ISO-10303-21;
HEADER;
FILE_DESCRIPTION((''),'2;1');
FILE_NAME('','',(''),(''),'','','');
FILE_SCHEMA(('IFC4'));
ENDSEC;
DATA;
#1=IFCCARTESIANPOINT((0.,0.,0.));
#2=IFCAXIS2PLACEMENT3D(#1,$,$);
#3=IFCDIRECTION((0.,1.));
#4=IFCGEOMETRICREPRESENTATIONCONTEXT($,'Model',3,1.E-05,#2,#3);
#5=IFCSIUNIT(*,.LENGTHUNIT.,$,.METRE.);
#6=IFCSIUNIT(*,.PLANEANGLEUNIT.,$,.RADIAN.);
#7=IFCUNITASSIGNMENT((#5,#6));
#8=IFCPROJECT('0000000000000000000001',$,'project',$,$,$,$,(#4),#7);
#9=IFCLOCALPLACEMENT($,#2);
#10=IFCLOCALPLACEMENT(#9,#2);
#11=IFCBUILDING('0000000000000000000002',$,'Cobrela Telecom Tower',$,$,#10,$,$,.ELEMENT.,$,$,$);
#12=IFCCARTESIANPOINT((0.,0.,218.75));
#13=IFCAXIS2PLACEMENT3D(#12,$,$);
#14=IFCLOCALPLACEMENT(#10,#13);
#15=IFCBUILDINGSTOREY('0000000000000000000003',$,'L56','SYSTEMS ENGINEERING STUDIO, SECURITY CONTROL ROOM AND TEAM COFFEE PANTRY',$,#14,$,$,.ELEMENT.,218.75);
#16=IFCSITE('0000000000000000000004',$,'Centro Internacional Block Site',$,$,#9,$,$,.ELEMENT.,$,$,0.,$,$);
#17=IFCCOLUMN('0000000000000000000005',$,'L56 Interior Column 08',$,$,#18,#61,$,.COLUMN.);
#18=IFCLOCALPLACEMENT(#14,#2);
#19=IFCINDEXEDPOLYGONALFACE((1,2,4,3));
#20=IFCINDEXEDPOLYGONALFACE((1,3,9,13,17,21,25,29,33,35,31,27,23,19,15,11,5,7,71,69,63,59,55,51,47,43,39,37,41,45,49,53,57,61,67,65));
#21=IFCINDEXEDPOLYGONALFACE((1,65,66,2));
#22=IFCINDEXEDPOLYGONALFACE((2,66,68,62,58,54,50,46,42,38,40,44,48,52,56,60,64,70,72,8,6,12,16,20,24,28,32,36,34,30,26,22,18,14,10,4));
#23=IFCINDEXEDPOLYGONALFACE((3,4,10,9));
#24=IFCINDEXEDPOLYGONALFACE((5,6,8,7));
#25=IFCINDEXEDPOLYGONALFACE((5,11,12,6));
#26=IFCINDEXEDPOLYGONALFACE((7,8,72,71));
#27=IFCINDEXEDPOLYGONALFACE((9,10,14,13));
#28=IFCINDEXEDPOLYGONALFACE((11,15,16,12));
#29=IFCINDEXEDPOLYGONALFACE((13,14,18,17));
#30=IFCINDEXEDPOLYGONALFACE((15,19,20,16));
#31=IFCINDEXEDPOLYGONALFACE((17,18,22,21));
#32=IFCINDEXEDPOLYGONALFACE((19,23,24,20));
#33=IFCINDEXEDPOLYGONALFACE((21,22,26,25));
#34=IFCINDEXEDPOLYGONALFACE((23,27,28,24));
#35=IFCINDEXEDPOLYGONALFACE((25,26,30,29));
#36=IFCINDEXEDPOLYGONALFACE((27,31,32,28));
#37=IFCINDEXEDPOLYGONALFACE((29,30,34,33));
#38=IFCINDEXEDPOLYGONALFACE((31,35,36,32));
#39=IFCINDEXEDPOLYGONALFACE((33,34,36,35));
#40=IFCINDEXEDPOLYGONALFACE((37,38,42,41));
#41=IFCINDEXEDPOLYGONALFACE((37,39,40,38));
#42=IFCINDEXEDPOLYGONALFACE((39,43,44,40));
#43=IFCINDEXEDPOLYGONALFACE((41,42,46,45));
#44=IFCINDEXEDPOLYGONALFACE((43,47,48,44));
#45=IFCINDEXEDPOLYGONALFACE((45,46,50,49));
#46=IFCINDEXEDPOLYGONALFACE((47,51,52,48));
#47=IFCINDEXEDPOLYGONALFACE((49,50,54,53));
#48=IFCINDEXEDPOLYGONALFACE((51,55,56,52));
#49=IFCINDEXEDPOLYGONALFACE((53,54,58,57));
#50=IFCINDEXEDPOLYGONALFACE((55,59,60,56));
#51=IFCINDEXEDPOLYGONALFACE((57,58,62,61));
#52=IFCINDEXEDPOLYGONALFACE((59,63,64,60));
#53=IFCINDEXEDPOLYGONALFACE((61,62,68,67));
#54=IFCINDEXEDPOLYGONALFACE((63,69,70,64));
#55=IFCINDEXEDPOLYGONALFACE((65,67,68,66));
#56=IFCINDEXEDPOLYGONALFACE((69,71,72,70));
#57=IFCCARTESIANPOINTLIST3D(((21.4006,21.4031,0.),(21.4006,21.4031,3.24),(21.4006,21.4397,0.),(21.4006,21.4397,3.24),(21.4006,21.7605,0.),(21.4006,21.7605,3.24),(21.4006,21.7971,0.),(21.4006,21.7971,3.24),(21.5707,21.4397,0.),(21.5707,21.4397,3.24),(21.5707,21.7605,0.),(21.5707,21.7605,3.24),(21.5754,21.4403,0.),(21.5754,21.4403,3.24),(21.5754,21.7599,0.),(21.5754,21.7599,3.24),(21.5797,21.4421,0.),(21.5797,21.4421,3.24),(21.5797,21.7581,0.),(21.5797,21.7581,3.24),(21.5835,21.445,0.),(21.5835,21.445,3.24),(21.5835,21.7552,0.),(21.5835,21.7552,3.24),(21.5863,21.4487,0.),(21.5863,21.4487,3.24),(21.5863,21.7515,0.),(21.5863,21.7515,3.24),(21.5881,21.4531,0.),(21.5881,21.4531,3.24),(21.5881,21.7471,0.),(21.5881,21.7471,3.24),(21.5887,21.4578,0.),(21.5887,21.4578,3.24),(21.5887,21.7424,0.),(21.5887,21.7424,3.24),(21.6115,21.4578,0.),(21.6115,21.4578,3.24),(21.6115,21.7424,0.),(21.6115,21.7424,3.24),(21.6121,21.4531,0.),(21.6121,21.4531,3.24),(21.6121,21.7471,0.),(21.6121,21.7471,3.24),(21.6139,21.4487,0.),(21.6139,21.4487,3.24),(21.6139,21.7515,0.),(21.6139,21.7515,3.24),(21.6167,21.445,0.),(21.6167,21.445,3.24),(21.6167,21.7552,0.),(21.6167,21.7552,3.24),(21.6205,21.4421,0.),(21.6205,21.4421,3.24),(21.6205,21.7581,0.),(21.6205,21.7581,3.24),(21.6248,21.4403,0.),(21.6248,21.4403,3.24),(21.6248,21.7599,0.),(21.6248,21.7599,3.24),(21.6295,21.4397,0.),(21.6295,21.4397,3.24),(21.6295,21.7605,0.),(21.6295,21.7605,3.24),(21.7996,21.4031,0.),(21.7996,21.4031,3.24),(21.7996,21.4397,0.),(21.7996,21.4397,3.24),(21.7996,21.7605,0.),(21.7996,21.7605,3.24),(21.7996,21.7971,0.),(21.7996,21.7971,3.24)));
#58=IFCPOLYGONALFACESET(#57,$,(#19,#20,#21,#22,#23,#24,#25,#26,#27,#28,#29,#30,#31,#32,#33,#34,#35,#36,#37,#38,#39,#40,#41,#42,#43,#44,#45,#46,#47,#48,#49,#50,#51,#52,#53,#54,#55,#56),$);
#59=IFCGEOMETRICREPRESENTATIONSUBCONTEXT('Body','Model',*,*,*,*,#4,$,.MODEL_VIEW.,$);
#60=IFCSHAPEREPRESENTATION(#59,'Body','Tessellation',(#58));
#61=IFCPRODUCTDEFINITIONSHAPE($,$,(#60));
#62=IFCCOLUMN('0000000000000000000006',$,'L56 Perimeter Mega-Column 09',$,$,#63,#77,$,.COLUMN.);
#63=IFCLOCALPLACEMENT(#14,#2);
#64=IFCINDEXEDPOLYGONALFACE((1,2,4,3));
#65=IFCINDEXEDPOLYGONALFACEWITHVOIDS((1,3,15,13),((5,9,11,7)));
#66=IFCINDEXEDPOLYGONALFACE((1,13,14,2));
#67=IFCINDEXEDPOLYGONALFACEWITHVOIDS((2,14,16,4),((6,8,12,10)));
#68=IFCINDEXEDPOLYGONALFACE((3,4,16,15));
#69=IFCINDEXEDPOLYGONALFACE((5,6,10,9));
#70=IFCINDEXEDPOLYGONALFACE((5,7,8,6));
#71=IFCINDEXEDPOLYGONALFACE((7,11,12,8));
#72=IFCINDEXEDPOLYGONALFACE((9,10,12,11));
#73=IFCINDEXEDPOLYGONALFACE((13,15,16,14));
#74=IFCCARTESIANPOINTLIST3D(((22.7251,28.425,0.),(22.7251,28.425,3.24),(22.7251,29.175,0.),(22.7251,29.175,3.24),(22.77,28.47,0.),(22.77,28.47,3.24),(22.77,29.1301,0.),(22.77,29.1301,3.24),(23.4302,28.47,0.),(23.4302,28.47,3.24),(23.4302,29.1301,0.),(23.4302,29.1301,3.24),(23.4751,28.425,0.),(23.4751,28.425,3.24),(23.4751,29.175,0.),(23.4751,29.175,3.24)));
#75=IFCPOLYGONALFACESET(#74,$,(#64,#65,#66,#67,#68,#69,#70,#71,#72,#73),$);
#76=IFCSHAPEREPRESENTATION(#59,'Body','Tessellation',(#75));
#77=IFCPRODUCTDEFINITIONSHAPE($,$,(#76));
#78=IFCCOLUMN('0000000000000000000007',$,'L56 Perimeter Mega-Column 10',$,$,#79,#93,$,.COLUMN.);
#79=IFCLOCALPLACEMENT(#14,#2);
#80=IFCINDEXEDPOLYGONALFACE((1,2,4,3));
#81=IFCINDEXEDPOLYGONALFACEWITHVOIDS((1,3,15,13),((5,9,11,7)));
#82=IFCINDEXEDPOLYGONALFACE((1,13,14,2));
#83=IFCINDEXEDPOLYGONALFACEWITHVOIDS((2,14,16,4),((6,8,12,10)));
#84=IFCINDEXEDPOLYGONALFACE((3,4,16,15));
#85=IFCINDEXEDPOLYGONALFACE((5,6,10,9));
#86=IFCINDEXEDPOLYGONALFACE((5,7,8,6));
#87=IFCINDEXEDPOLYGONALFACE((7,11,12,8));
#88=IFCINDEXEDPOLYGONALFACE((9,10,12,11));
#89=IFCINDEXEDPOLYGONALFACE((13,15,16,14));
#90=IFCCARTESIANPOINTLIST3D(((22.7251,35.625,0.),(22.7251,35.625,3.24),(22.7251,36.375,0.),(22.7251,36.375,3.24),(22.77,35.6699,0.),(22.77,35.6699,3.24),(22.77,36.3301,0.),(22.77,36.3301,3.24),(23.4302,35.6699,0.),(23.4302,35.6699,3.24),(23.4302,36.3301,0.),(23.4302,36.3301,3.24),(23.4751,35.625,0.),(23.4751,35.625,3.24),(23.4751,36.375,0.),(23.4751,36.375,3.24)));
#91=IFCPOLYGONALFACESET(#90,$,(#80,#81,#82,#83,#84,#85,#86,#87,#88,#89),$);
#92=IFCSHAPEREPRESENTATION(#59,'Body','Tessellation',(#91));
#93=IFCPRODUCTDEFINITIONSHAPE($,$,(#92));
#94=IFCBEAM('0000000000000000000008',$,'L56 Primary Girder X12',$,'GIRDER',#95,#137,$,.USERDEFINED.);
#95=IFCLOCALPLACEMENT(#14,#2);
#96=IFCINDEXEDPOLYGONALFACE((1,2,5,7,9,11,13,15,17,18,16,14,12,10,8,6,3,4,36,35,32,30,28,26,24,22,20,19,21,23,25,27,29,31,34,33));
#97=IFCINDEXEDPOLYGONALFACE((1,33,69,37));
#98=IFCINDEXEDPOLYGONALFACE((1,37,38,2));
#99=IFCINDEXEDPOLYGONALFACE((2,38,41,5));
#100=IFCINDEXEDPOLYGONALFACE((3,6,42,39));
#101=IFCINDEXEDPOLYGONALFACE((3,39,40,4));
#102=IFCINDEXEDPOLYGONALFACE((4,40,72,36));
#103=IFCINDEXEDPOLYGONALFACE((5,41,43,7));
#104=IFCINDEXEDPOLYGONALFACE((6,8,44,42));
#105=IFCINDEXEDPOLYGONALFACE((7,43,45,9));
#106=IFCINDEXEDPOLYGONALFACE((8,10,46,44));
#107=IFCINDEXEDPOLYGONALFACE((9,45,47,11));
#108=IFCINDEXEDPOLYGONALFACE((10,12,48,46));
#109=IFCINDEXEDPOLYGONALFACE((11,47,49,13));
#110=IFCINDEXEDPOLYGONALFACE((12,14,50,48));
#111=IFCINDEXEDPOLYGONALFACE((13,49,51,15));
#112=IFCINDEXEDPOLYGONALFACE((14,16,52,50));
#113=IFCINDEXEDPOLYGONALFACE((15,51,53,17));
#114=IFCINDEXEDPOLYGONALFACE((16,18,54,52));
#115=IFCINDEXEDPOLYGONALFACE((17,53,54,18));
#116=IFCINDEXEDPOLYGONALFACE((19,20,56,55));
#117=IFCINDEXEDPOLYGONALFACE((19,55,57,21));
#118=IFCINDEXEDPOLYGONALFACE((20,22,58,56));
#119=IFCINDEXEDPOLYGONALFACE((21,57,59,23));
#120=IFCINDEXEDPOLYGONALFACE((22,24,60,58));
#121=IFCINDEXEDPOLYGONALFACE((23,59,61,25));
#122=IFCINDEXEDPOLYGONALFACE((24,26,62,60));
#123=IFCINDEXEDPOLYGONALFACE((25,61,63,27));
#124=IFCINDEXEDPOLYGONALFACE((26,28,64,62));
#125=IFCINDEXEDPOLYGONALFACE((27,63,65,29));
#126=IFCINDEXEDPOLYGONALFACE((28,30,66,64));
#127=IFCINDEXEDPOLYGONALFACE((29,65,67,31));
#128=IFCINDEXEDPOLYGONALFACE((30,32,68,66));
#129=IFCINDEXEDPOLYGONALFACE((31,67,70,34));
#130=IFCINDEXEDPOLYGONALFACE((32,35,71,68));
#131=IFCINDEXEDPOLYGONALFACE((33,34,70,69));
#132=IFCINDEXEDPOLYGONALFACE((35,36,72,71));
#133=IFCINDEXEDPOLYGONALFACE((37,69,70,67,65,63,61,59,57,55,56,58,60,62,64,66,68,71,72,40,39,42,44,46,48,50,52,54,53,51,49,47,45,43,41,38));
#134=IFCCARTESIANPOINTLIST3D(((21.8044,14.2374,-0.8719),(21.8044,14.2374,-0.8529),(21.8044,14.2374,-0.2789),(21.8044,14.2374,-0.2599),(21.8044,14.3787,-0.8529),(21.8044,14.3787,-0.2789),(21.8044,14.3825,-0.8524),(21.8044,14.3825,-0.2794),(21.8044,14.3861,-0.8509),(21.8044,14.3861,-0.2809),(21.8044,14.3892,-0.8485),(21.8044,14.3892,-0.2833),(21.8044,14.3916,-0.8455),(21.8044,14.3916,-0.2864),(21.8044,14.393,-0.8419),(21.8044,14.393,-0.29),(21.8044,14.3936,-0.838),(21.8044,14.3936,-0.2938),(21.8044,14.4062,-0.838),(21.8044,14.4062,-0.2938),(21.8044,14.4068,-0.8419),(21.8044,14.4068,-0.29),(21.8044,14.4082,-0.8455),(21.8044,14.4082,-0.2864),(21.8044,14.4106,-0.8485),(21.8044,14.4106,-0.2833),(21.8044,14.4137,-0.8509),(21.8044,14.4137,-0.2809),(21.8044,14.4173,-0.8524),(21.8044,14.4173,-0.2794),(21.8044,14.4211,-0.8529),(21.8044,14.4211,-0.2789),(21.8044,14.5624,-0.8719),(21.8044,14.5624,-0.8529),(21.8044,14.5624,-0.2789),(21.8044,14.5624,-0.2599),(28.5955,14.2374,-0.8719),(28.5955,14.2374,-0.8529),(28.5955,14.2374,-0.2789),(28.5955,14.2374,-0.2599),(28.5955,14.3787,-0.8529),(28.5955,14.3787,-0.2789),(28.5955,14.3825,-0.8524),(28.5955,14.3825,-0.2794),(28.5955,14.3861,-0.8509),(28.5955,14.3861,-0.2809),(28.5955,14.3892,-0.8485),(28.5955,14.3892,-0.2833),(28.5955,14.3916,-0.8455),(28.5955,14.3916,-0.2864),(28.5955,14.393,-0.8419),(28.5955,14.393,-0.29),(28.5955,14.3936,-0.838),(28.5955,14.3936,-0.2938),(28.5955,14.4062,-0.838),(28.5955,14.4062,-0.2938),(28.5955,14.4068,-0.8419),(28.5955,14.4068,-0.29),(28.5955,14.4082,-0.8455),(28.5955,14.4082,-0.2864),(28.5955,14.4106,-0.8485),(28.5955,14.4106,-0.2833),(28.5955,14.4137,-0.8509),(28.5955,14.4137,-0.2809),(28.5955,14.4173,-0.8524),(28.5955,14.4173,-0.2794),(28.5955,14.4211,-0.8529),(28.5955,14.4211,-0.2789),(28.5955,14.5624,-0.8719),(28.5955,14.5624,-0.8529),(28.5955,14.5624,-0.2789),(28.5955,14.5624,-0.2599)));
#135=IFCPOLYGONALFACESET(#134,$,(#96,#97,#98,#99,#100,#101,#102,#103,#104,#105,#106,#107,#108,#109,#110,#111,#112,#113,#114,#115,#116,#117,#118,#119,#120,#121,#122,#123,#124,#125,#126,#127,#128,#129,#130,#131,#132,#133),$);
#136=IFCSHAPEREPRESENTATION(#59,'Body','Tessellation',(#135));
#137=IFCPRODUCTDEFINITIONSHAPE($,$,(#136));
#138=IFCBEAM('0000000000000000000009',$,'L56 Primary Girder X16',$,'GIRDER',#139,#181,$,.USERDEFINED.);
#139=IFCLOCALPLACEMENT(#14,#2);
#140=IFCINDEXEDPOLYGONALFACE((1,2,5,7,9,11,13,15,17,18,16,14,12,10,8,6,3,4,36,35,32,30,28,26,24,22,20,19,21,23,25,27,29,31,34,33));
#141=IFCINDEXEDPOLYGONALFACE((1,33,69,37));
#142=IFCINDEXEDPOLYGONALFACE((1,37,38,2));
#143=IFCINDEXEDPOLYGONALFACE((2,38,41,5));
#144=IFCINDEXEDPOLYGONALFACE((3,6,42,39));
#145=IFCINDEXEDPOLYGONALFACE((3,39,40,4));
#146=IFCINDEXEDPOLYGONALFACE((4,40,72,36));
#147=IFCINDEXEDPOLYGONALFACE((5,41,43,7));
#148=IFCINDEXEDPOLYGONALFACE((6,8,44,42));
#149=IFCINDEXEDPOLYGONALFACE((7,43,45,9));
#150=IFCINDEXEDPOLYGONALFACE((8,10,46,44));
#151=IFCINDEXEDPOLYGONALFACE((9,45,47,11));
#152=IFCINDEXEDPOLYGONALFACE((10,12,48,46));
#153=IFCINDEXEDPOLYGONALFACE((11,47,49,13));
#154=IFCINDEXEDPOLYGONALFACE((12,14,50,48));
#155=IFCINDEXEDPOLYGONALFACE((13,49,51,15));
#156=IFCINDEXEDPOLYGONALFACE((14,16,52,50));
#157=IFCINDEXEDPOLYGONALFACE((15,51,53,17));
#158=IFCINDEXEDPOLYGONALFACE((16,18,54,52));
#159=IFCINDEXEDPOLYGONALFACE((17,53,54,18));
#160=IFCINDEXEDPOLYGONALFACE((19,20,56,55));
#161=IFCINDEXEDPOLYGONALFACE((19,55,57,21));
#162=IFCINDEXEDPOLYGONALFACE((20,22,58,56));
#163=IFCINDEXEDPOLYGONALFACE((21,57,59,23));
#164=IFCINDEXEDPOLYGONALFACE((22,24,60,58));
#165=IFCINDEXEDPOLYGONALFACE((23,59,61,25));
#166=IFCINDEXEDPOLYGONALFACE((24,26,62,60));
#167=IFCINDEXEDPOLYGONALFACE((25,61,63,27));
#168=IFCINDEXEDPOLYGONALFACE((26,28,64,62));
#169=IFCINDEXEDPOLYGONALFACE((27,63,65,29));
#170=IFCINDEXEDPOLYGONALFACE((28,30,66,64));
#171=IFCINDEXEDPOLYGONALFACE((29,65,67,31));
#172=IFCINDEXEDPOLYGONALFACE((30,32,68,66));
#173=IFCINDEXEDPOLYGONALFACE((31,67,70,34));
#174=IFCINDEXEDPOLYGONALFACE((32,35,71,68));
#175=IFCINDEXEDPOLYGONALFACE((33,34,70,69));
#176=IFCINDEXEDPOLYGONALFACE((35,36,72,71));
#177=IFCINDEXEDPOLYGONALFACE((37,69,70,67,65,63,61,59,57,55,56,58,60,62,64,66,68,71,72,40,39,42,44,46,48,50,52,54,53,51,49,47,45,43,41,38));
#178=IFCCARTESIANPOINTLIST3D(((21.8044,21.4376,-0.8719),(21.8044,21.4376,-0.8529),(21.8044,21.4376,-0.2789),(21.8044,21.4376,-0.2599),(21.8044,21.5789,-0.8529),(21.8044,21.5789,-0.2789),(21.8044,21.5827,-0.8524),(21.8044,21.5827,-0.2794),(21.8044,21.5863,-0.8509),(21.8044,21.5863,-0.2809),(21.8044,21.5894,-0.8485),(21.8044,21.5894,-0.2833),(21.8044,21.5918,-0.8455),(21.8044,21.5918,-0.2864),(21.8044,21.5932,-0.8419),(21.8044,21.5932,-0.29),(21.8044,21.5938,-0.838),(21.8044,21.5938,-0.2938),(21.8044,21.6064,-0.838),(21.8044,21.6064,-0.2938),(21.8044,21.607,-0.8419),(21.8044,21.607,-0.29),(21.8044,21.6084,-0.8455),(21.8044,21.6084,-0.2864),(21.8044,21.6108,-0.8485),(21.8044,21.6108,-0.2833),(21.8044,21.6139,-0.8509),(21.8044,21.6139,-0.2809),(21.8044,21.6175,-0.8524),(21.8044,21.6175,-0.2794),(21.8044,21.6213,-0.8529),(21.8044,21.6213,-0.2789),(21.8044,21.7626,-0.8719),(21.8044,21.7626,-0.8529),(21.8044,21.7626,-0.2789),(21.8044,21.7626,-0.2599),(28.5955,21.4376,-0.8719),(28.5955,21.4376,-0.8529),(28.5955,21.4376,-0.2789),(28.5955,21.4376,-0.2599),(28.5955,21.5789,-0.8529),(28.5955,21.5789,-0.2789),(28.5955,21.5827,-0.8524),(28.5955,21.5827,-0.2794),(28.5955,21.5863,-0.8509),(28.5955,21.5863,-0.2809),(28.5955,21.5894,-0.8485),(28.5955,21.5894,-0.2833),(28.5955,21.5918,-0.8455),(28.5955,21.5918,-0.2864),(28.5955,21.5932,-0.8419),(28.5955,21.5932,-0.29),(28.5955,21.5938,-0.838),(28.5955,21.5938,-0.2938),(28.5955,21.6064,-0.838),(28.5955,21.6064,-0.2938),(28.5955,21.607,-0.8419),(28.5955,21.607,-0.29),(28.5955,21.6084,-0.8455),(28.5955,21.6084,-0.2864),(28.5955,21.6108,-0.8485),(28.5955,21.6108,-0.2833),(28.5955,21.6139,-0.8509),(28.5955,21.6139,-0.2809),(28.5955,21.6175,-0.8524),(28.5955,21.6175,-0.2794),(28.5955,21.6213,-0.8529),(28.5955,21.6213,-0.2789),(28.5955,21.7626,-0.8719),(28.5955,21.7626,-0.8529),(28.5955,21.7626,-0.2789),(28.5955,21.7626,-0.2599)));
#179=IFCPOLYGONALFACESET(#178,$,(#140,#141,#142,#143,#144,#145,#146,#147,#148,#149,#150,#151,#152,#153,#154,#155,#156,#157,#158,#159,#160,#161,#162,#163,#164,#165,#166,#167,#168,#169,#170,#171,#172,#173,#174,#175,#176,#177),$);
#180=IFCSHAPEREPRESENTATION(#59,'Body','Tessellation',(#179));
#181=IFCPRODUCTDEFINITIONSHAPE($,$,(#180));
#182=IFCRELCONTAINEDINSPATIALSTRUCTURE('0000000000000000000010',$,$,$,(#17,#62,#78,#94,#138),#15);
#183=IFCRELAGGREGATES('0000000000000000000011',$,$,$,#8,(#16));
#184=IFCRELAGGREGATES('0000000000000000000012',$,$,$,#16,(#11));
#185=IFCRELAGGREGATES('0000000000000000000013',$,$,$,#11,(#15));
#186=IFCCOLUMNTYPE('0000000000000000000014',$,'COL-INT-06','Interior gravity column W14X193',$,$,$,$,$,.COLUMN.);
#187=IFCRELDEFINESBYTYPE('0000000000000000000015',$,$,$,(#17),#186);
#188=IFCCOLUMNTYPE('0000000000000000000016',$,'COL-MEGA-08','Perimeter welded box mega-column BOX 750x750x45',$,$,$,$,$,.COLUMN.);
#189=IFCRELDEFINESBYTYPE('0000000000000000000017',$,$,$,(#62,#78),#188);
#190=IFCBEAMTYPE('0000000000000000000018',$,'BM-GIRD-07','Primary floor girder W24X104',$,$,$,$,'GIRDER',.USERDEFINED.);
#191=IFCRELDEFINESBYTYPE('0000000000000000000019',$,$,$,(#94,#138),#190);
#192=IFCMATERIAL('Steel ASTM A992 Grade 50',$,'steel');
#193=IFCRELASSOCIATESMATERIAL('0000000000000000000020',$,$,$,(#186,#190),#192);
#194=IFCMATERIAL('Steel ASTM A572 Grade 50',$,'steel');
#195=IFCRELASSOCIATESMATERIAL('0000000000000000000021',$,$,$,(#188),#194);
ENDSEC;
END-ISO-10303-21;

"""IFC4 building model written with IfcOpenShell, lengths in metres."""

from ifc_helpers import new_model, si_unit, direction, frame, origin, origin_2d, place, context, subcontext, project, spatial, hollow_rectangle, i_section, extrude, material, material_profile, profile_set, type_object, element, save


model = new_model("IFC4")

# Units and contexts
model_context = context("Model", 3, precision=1e-05, world=origin(), true_north=direction((0.0, 1.0)))
body_context = subcontext(model_context, "Body", "Model", "MODEL_VIEW")
ifc_project = project(units=[si_unit("LENGTHUNIT", "METRE"), si_unit("PLANEANGLEUNIT", "RADIAN")], contexts=[model_context])

# Site, building, storey
site_placement = place(None, origin())
site = spatial("IfcSite", under=ifc_project, at=site_placement, Name="Centro Internacional Block Site", CompositionType="ELEMENT", RefElevation=0.0)
building_placement = place(site_placement, origin())
building = spatial("IfcBuilding", under=site, at=building_placement, Name="Cobrela Telecom Tower", CompositionType="ELEMENT")
storey_placement = place(building_placement, frame((0.0, 0.0, 218.75)))
storey = spatial("IfcBuildingStorey", under=building, at=storey_placement, Name="L56", Description="SYSTEMS ENGINEERING STUDIO, SECURITY CONTROL ROOM AND TEAM COFFEE PANTRY", CompositionType="ELEMENT", Elevation=218.75)

# Columns
ifc_material_1 = material(Name="Steel ASTM A992 Grade 50", Category="steel")
ifc_material_profile_1 = material_profile(ifc_material_1, i_section(OverallWidth=0.3989, OverallDepth=0.394, WebThickness=0.0227, FlangeThickness=0.0366, FilletRadius=0.0181, at=origin_2d()), Name="W14X193")
ifc_profile_set_1 = profile_set([ifc_material_profile_1], Name="Steel ASTM A992 Grade 50")
column_type_1 = type_object("IfcColumnType", Name="COL-INT-06", Description="Interior gravity column W14X193", PredefinedType="COLUMN", material=ifc_profile_set_1)
column_placement = place(storey_placement, frame((21.6001, 21.6001, 0.0), z_axis=(0.0, 0.0, 1.0), x_axis=(1.0, 0.0, 0.0)))
element("IfcColumn", 1, at=column_placement, inside=storey, type_object=column_type_1, Name="L56 Interior Column 08", PredefinedType="COLUMN", context=body_context, shape_type="SweptSolid", body=[
    extrude(i_section(OverallWidth=0.3989, OverallDepth=0.394, WebThickness=0.0227, FlangeThickness=0.0366, FilletRadius=0.0181, at=origin_2d()), origin(), (0.0, 0.0, 1.0), 3.24),
])
ifc_material_2 = material(Name="Steel ASTM A572 Grade 50", Category="steel")
ifc_material_profile_2 = material_profile(ifc_material_2, hollow_rectangle(XDim=0.75, YDim=0.75, WallThickness=0.0449, at=origin_2d()), Name="BOX 750x750x45")
ifc_profile_set_2 = profile_set([ifc_material_profile_2], Name="Steel ASTM A572 Grade 50")
column_type_2 = type_object("IfcColumnType", Name="COL-MEGA-08", Description="Perimeter welded box mega-column BOX 750x750x45", PredefinedType="COLUMN", material=ifc_profile_set_2)
for number, where, z_axis, x_axis, name in (
    (2, (23.1001, 28.8, 0.0), (0.0, 0.0, 1.0), (1.0, 0.0, 0.0), "L56 Perimeter Mega-Column 09"),
    (3, (23.1001, 36.0, 0.0), (0.0, 0.0, 1.0), (1.0, 0.0, 0.0), "L56 Perimeter Mega-Column 10"),
):
    element("IfcColumn", number, at=place(storey_placement, frame(where, z_axis=z_axis, x_axis=x_axis)), inside=storey, type_object=column_type_2, Name=name, PredefinedType="COLUMN", context=body_context, shape_type="SweptSolid", body=[
        extrude(hollow_rectangle(XDim=0.75, YDim=0.75, WallThickness=0.0449, at=origin_2d()), origin(), (0.0, 0.0, 1.0), 3.24),
    ])

# Beams
ifc_material_profile_3 = material_profile(ifc_material_1, i_section(OverallWidth=0.325, OverallDepth=0.6121, WebThickness=0.0127, FlangeThickness=0.019, FilletRadius=0.0149, at=origin_2d()), Name="W24X104")
ifc_profile_set_3 = profile_set([ifc_material_profile_3], Name="Steel ASTM A992 Grade 50")
beam_type_1 = type_object("IfcBeamType", Name="BM-GIRD-07", Description="Primary floor girder W24X104", ElementType="GIRDER", PredefinedType="USERDEFINED", material=ifc_profile_set_3)
for number, where, z_axis, x_axis, name in (
    (4, (21.8044, 14.3999, -0.5659), (1.0, 0.0, 0.0), (0.0, 1.0, 0.0), "L56 Primary Girder X12"),
    (5, (21.8044, 21.6001, -0.5659), (1.0, 0.0, 0.0), (0.0, 1.0, 0.0), "L56 Primary Girder X16"),
):
    element("IfcBeam", number, at=place(storey_placement, frame(where, z_axis=z_axis, x_axis=x_axis)), inside=storey, type_object=beam_type_1, Name=name, ObjectType="GIRDER", PredefinedType="USERDEFINED", context=body_context, shape_type="SweptSolid", body=[
        extrude(i_section(OverallWidth=0.325, OverallDepth=0.6121, WebThickness=0.0127, FlangeThickness=0.019, FilletRadius=0.0149, at=origin_2d()), origin(), (0.0, 0.0, 1.0), 6.791),
    ])

save(model, "model.ifc")
